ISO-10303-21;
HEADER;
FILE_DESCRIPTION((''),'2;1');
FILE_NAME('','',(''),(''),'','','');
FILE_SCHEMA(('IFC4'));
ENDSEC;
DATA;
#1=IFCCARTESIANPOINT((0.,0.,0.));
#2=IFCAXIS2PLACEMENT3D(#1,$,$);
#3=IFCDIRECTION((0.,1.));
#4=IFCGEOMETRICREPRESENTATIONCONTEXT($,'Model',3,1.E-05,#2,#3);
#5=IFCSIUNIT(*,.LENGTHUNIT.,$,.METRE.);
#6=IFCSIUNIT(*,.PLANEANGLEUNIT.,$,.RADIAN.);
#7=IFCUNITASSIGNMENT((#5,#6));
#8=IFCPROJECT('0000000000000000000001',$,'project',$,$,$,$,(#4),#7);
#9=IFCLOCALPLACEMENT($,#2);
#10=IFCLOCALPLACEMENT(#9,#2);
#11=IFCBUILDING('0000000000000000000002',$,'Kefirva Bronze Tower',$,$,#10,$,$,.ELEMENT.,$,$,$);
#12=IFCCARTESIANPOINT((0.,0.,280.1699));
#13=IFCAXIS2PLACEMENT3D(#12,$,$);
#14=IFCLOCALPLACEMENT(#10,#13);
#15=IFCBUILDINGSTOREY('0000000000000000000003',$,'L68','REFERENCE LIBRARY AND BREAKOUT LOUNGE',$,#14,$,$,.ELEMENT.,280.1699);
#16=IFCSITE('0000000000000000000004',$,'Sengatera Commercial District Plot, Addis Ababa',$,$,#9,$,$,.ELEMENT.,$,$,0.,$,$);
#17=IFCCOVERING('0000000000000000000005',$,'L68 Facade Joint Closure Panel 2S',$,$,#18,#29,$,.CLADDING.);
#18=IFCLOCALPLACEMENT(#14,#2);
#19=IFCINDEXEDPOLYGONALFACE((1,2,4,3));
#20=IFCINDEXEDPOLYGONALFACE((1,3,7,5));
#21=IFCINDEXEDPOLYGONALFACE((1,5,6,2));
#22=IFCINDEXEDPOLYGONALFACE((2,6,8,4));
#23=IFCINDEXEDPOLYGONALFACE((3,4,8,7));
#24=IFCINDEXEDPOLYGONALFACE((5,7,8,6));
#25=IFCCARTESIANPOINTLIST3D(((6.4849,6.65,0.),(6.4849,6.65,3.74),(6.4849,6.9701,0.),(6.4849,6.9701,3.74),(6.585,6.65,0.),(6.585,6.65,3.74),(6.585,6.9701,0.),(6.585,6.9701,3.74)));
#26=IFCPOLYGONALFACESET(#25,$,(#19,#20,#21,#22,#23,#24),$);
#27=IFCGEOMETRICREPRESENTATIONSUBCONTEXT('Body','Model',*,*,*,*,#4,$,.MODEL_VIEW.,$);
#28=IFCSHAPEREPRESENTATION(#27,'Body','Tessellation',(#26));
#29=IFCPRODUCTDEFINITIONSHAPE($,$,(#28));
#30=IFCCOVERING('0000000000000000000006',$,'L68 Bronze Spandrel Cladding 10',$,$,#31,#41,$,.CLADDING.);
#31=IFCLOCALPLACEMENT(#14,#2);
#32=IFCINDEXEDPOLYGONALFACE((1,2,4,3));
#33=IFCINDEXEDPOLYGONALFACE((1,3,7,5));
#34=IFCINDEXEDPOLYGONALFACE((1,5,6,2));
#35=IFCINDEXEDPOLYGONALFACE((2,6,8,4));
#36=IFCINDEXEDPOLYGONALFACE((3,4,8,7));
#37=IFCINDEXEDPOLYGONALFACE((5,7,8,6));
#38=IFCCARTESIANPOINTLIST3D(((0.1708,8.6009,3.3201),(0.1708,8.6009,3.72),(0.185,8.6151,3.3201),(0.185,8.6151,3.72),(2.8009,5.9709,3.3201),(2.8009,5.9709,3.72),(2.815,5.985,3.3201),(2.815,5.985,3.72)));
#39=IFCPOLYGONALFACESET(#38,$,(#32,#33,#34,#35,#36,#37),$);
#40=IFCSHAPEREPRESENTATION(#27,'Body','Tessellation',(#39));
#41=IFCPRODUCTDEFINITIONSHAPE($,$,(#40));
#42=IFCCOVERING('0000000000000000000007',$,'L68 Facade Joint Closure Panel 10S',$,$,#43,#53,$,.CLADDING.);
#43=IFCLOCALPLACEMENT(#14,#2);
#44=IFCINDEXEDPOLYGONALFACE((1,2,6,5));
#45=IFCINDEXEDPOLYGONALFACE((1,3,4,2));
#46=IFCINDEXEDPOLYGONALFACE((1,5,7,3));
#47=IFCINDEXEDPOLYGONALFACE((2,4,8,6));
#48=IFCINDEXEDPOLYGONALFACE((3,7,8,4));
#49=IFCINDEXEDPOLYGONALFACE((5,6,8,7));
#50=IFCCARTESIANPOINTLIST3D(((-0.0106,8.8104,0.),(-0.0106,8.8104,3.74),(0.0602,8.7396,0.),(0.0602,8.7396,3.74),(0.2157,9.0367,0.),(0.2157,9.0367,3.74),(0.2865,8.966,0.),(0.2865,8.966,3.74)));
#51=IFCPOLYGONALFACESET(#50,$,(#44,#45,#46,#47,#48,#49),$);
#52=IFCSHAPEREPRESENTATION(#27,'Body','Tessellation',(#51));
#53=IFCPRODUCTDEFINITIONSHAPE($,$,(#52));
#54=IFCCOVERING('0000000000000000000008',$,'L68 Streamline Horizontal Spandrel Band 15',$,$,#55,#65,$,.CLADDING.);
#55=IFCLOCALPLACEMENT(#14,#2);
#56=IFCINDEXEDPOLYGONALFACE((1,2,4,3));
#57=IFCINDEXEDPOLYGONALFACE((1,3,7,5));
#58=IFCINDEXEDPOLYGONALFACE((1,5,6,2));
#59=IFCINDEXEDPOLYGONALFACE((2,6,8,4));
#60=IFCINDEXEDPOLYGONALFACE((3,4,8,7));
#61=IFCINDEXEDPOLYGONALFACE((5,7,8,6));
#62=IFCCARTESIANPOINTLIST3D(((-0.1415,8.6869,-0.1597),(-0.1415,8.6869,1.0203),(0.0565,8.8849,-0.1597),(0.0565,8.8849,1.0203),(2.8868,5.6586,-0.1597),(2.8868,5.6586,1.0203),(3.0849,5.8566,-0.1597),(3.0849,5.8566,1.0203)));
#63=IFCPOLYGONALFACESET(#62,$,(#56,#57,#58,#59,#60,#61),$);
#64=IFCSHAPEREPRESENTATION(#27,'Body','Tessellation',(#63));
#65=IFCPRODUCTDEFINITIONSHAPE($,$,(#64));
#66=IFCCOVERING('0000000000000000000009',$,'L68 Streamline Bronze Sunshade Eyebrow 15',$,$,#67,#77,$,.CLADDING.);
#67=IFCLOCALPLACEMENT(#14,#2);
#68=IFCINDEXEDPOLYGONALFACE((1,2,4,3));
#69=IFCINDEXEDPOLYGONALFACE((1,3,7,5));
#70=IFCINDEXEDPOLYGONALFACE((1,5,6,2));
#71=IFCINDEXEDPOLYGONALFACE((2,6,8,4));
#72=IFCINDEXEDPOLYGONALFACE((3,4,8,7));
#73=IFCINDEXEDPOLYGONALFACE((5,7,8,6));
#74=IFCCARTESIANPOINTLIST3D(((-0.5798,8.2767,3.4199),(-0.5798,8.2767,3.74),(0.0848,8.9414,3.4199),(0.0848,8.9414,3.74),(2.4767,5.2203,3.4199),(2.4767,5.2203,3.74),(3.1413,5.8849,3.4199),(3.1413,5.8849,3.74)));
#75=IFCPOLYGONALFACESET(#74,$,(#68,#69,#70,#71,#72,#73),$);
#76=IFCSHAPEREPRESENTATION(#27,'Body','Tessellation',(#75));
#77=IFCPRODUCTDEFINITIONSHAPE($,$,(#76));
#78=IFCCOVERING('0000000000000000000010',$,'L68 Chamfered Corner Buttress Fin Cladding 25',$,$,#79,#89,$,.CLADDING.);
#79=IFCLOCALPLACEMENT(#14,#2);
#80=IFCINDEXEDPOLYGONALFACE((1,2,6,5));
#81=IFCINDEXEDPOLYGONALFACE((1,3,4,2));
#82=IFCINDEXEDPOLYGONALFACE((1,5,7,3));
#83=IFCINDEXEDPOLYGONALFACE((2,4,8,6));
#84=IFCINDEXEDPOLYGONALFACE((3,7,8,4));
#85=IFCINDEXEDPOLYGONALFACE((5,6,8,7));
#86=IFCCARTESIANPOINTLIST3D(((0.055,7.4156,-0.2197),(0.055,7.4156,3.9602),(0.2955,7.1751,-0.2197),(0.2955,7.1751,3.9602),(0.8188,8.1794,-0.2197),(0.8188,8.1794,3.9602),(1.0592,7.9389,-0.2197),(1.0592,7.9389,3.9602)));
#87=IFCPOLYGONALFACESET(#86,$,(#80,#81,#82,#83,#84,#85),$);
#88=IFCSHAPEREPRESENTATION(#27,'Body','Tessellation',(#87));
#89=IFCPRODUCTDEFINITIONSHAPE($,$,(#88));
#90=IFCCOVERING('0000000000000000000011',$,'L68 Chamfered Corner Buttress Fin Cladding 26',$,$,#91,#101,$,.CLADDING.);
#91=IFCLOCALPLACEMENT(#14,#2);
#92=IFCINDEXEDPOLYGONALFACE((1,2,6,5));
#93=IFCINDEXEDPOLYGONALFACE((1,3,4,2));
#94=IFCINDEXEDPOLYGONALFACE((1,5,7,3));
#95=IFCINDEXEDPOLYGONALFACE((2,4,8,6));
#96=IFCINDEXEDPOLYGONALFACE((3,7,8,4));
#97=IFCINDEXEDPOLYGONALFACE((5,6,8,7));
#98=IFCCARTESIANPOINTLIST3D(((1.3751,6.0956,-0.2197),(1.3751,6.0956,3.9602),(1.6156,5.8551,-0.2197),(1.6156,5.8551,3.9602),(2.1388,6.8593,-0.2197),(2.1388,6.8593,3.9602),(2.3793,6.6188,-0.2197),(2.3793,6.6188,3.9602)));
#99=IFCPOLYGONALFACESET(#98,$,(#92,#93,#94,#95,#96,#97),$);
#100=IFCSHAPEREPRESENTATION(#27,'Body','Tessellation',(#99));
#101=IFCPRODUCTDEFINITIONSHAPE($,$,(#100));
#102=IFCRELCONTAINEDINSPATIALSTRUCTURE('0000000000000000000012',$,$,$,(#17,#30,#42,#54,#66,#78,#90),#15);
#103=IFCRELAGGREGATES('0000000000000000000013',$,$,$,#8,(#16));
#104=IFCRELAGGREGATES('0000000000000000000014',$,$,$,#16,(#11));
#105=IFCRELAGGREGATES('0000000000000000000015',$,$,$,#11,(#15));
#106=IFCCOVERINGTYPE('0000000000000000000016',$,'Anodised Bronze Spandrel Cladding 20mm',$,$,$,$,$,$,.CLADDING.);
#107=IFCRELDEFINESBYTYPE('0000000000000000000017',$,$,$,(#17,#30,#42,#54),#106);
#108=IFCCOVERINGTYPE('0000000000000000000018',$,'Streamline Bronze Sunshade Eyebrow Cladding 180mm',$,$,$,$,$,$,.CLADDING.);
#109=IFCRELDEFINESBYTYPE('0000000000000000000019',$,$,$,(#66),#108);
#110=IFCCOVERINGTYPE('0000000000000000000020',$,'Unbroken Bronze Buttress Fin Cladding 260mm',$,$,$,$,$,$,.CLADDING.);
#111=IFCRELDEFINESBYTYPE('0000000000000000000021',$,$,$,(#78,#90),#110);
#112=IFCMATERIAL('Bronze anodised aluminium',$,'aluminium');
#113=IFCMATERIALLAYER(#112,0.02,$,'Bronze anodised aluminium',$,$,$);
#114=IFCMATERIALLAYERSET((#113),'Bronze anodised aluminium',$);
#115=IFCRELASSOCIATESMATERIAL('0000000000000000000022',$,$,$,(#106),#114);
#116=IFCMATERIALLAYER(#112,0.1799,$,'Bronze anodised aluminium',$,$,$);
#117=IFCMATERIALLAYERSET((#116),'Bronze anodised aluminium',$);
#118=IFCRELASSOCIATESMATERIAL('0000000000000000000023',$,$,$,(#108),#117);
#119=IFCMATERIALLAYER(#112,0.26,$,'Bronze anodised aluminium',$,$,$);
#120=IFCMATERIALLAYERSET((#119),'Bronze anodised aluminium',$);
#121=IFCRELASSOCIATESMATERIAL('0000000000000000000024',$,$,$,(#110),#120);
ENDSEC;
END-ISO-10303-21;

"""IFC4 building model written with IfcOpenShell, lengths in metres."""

from ifc_helpers import new_model, si_unit, direction, frame, origin, origin_2d, place, context, subcontext, project, spatial, rectangle, extrude, material, layer, layer_set, type_object, element, save


model = new_model("IFC4")

# Units and contexts
model_context = context("Model", 3, precision=1e-05, world=origin(), true_north=direction((0.0, 1.0)))
body_context = subcontext(model_context, "Body", "Model", "MODEL_VIEW")
ifc_project = project(units=[si_unit("LENGTHUNIT", "METRE"), si_unit("PLANEANGLEUNIT", "RADIAN")], contexts=[model_context])

# Site, building, storey
site_placement = place(None, origin())
site = spatial("IfcSite", under=ifc_project, at=site_placement, Name="Sengatera Commercial District Plot, Addis Ababa", CompositionType="ELEMENT", RefElevation=0.0)
building_placement = place(site_placement, origin())
building = spatial("IfcBuilding", under=site, at=building_placement, Name="Kefirva Bronze Tower", CompositionType="ELEMENT")
storey_placement = place(building_placement, frame((0.0, 0.0, 280.1699)))
storey = spatial("IfcBuildingStorey", under=building, at=storey_placement, Name="L68", Description="REFERENCE LIBRARY AND BREAKOUT LOUNGE", CompositionType="ELEMENT", Elevation=280.1699)

# Shared definitions
ifc_material_1 = material(Name="Bronze anodised aluminium", Category="aluminium")

# Coverings
ifc_layer_1 = layer(ifc_material_1, 0.02, Name="Bronze anodised aluminium")
ifc_layer_set_1 = layer_set([ifc_layer_1], Name="Bronze anodised aluminium")
covering_type_1 = type_object("IfcCoveringType", Name="Anodised Bronze Spandrel Cladding 20mm", PredefinedType="CLADDING", material=ifc_layer_set_1)
covering_1_placement = place(storey_placement, frame((6.5349, 6.8101, 0.0), z_axis=(0.0, 0.0, 1.0), x_axis=(1.0, 0.0, 0.0)))
element("IfcCovering", 1, at=covering_1_placement, inside=storey, type_object=covering_type_1, Name="L68 Facade Joint Closure Panel 2S", PredefinedType="CLADDING", context=body_context, shape_type="SweptSolid", body=[
    extrude(rectangle(XDim=0.1001, YDim=0.3201, at=origin_2d()), origin(), (0.0, 0.0, 1.0), 3.74),
])
covering_2_placement = place(storey_placement, frame((1.4929, 7.293, 3.3201), z_axis=(0.0, 0.0, 1.0), x_axis=(0.707107, -0.707107, 0.0)))
element("IfcCovering", 2, at=covering_2_placement, inside=storey, type_object=covering_type_1, Name="L68 Bronze Spandrel Cladding 10", PredefinedType="CLADDING", context=body_context, shape_type="SweptSolid", body=[
    extrude(rectangle(XDim=3.7195, YDim=0.02, at=origin_2d()), origin(), (0.0, 0.0, 1.0), 0.3999),
])
covering_3_placement = place(storey_placement, frame((0.1379, 8.8882, 0.0), z_axis=(0.0, 0.0, 1.0), x_axis=(0.707107, -0.707107, 0.0)))
element("IfcCovering", 3, at=covering_3_placement, inside=storey, type_object=covering_type_1, Name="L68 Facade Joint Closure Panel 10S", PredefinedType="CLADDING", context=body_context, shape_type="SweptSolid", body=[
    extrude(rectangle(XDim=0.1001, YDim=0.3201, at=origin_2d()), origin(), (0.0, 0.0, 1.0), 3.74),
])
covering_4_placement = place(storey_placement, frame((1.4717, 7.2717, -0.1597), z_axis=(0.0, 0.0, 1.0), x_axis=(0.707107, -0.707107, 0.0)))
element("IfcCovering", 4, at=covering_4_placement, inside=storey, type_object=covering_type_1, Name="L68 Streamline Horizontal Spandrel Band 15", PredefinedType="CLADDING", context=body_context, shape_type="SweptSolid", body=[
    extrude(rectangle(XDim=4.2827, YDim=0.28, at=origin_2d()), origin(), (0.0, 0.0, 1.0), 1.1799),
])
ifc_layer_2 = layer(ifc_material_1, 0.1799, Name="Bronze anodised aluminium")
ifc_layer_set_2 = layer_set([ifc_layer_2], Name="Bronze anodised aluminium")
covering_type_2 = type_object("IfcCoveringType", Name="Streamline Bronze Sunshade Eyebrow Cladding 180mm", PredefinedType="CLADDING", material=ifc_layer_set_2)
covering_5_placement = place(storey_placement, frame((1.2808, 7.0808, 3.4199), z_axis=(0.0, 0.0, 1.0), x_axis=(0.707107, -0.707107, 0.0)))
element("IfcCovering", 5, at=covering_5_placement, inside=storey, type_object=covering_type_2, Name="L68 Streamline Bronze Sunshade Eyebrow 15", PredefinedType="CLADDING", context=body_context, shape_type="SweptSolid", body=[
    extrude(rectangle(XDim=4.3225, YDim=0.9399, at=origin_2d()), origin(), (0.0, 0.0, 1.0), 0.3201),
])
ifc_layer_3 = layer(ifc_material_1, 0.26, Name="Bronze anodised aluminium")
ifc_layer_set_3 = layer_set([ifc_layer_3], Name="Bronze anodised aluminium")
covering_type_3 = type_object("IfcCoveringType", Name="Unbroken Bronze Buttress Fin Cladding 260mm", PredefinedType="CLADDING", material=ifc_layer_set_3)
for number, where, z_axis, x_axis, name in (
    (6, (0.5571, 7.6772, -0.2197), (0.0, 0.0, 1.0), (0.707107, -0.707107, 0.0), "L68 Chamfered Corner Buttress Fin Cladding 25"),
    (7, (1.8772, 6.3572, -0.2197), (0.0, 0.0, 1.0), (0.707107, -0.707107, 0.0), "L68 Chamfered Corner Buttress Fin Cladding 26"),
):
    element("IfcCovering", number, at=place(storey_placement, frame(where, z_axis=z_axis, x_axis=x_axis)), inside=storey, type_object=covering_type_3, Name=name, PredefinedType="CLADDING", context=body_context, shape_type="SweptSolid", body=[
        extrude(rectangle(XDim=0.3401, YDim=1.0801, at=origin_2d()), origin(), (0.0, 0.0, 1.0), 4.1799),
    ])

save(model, "model.ifc")
